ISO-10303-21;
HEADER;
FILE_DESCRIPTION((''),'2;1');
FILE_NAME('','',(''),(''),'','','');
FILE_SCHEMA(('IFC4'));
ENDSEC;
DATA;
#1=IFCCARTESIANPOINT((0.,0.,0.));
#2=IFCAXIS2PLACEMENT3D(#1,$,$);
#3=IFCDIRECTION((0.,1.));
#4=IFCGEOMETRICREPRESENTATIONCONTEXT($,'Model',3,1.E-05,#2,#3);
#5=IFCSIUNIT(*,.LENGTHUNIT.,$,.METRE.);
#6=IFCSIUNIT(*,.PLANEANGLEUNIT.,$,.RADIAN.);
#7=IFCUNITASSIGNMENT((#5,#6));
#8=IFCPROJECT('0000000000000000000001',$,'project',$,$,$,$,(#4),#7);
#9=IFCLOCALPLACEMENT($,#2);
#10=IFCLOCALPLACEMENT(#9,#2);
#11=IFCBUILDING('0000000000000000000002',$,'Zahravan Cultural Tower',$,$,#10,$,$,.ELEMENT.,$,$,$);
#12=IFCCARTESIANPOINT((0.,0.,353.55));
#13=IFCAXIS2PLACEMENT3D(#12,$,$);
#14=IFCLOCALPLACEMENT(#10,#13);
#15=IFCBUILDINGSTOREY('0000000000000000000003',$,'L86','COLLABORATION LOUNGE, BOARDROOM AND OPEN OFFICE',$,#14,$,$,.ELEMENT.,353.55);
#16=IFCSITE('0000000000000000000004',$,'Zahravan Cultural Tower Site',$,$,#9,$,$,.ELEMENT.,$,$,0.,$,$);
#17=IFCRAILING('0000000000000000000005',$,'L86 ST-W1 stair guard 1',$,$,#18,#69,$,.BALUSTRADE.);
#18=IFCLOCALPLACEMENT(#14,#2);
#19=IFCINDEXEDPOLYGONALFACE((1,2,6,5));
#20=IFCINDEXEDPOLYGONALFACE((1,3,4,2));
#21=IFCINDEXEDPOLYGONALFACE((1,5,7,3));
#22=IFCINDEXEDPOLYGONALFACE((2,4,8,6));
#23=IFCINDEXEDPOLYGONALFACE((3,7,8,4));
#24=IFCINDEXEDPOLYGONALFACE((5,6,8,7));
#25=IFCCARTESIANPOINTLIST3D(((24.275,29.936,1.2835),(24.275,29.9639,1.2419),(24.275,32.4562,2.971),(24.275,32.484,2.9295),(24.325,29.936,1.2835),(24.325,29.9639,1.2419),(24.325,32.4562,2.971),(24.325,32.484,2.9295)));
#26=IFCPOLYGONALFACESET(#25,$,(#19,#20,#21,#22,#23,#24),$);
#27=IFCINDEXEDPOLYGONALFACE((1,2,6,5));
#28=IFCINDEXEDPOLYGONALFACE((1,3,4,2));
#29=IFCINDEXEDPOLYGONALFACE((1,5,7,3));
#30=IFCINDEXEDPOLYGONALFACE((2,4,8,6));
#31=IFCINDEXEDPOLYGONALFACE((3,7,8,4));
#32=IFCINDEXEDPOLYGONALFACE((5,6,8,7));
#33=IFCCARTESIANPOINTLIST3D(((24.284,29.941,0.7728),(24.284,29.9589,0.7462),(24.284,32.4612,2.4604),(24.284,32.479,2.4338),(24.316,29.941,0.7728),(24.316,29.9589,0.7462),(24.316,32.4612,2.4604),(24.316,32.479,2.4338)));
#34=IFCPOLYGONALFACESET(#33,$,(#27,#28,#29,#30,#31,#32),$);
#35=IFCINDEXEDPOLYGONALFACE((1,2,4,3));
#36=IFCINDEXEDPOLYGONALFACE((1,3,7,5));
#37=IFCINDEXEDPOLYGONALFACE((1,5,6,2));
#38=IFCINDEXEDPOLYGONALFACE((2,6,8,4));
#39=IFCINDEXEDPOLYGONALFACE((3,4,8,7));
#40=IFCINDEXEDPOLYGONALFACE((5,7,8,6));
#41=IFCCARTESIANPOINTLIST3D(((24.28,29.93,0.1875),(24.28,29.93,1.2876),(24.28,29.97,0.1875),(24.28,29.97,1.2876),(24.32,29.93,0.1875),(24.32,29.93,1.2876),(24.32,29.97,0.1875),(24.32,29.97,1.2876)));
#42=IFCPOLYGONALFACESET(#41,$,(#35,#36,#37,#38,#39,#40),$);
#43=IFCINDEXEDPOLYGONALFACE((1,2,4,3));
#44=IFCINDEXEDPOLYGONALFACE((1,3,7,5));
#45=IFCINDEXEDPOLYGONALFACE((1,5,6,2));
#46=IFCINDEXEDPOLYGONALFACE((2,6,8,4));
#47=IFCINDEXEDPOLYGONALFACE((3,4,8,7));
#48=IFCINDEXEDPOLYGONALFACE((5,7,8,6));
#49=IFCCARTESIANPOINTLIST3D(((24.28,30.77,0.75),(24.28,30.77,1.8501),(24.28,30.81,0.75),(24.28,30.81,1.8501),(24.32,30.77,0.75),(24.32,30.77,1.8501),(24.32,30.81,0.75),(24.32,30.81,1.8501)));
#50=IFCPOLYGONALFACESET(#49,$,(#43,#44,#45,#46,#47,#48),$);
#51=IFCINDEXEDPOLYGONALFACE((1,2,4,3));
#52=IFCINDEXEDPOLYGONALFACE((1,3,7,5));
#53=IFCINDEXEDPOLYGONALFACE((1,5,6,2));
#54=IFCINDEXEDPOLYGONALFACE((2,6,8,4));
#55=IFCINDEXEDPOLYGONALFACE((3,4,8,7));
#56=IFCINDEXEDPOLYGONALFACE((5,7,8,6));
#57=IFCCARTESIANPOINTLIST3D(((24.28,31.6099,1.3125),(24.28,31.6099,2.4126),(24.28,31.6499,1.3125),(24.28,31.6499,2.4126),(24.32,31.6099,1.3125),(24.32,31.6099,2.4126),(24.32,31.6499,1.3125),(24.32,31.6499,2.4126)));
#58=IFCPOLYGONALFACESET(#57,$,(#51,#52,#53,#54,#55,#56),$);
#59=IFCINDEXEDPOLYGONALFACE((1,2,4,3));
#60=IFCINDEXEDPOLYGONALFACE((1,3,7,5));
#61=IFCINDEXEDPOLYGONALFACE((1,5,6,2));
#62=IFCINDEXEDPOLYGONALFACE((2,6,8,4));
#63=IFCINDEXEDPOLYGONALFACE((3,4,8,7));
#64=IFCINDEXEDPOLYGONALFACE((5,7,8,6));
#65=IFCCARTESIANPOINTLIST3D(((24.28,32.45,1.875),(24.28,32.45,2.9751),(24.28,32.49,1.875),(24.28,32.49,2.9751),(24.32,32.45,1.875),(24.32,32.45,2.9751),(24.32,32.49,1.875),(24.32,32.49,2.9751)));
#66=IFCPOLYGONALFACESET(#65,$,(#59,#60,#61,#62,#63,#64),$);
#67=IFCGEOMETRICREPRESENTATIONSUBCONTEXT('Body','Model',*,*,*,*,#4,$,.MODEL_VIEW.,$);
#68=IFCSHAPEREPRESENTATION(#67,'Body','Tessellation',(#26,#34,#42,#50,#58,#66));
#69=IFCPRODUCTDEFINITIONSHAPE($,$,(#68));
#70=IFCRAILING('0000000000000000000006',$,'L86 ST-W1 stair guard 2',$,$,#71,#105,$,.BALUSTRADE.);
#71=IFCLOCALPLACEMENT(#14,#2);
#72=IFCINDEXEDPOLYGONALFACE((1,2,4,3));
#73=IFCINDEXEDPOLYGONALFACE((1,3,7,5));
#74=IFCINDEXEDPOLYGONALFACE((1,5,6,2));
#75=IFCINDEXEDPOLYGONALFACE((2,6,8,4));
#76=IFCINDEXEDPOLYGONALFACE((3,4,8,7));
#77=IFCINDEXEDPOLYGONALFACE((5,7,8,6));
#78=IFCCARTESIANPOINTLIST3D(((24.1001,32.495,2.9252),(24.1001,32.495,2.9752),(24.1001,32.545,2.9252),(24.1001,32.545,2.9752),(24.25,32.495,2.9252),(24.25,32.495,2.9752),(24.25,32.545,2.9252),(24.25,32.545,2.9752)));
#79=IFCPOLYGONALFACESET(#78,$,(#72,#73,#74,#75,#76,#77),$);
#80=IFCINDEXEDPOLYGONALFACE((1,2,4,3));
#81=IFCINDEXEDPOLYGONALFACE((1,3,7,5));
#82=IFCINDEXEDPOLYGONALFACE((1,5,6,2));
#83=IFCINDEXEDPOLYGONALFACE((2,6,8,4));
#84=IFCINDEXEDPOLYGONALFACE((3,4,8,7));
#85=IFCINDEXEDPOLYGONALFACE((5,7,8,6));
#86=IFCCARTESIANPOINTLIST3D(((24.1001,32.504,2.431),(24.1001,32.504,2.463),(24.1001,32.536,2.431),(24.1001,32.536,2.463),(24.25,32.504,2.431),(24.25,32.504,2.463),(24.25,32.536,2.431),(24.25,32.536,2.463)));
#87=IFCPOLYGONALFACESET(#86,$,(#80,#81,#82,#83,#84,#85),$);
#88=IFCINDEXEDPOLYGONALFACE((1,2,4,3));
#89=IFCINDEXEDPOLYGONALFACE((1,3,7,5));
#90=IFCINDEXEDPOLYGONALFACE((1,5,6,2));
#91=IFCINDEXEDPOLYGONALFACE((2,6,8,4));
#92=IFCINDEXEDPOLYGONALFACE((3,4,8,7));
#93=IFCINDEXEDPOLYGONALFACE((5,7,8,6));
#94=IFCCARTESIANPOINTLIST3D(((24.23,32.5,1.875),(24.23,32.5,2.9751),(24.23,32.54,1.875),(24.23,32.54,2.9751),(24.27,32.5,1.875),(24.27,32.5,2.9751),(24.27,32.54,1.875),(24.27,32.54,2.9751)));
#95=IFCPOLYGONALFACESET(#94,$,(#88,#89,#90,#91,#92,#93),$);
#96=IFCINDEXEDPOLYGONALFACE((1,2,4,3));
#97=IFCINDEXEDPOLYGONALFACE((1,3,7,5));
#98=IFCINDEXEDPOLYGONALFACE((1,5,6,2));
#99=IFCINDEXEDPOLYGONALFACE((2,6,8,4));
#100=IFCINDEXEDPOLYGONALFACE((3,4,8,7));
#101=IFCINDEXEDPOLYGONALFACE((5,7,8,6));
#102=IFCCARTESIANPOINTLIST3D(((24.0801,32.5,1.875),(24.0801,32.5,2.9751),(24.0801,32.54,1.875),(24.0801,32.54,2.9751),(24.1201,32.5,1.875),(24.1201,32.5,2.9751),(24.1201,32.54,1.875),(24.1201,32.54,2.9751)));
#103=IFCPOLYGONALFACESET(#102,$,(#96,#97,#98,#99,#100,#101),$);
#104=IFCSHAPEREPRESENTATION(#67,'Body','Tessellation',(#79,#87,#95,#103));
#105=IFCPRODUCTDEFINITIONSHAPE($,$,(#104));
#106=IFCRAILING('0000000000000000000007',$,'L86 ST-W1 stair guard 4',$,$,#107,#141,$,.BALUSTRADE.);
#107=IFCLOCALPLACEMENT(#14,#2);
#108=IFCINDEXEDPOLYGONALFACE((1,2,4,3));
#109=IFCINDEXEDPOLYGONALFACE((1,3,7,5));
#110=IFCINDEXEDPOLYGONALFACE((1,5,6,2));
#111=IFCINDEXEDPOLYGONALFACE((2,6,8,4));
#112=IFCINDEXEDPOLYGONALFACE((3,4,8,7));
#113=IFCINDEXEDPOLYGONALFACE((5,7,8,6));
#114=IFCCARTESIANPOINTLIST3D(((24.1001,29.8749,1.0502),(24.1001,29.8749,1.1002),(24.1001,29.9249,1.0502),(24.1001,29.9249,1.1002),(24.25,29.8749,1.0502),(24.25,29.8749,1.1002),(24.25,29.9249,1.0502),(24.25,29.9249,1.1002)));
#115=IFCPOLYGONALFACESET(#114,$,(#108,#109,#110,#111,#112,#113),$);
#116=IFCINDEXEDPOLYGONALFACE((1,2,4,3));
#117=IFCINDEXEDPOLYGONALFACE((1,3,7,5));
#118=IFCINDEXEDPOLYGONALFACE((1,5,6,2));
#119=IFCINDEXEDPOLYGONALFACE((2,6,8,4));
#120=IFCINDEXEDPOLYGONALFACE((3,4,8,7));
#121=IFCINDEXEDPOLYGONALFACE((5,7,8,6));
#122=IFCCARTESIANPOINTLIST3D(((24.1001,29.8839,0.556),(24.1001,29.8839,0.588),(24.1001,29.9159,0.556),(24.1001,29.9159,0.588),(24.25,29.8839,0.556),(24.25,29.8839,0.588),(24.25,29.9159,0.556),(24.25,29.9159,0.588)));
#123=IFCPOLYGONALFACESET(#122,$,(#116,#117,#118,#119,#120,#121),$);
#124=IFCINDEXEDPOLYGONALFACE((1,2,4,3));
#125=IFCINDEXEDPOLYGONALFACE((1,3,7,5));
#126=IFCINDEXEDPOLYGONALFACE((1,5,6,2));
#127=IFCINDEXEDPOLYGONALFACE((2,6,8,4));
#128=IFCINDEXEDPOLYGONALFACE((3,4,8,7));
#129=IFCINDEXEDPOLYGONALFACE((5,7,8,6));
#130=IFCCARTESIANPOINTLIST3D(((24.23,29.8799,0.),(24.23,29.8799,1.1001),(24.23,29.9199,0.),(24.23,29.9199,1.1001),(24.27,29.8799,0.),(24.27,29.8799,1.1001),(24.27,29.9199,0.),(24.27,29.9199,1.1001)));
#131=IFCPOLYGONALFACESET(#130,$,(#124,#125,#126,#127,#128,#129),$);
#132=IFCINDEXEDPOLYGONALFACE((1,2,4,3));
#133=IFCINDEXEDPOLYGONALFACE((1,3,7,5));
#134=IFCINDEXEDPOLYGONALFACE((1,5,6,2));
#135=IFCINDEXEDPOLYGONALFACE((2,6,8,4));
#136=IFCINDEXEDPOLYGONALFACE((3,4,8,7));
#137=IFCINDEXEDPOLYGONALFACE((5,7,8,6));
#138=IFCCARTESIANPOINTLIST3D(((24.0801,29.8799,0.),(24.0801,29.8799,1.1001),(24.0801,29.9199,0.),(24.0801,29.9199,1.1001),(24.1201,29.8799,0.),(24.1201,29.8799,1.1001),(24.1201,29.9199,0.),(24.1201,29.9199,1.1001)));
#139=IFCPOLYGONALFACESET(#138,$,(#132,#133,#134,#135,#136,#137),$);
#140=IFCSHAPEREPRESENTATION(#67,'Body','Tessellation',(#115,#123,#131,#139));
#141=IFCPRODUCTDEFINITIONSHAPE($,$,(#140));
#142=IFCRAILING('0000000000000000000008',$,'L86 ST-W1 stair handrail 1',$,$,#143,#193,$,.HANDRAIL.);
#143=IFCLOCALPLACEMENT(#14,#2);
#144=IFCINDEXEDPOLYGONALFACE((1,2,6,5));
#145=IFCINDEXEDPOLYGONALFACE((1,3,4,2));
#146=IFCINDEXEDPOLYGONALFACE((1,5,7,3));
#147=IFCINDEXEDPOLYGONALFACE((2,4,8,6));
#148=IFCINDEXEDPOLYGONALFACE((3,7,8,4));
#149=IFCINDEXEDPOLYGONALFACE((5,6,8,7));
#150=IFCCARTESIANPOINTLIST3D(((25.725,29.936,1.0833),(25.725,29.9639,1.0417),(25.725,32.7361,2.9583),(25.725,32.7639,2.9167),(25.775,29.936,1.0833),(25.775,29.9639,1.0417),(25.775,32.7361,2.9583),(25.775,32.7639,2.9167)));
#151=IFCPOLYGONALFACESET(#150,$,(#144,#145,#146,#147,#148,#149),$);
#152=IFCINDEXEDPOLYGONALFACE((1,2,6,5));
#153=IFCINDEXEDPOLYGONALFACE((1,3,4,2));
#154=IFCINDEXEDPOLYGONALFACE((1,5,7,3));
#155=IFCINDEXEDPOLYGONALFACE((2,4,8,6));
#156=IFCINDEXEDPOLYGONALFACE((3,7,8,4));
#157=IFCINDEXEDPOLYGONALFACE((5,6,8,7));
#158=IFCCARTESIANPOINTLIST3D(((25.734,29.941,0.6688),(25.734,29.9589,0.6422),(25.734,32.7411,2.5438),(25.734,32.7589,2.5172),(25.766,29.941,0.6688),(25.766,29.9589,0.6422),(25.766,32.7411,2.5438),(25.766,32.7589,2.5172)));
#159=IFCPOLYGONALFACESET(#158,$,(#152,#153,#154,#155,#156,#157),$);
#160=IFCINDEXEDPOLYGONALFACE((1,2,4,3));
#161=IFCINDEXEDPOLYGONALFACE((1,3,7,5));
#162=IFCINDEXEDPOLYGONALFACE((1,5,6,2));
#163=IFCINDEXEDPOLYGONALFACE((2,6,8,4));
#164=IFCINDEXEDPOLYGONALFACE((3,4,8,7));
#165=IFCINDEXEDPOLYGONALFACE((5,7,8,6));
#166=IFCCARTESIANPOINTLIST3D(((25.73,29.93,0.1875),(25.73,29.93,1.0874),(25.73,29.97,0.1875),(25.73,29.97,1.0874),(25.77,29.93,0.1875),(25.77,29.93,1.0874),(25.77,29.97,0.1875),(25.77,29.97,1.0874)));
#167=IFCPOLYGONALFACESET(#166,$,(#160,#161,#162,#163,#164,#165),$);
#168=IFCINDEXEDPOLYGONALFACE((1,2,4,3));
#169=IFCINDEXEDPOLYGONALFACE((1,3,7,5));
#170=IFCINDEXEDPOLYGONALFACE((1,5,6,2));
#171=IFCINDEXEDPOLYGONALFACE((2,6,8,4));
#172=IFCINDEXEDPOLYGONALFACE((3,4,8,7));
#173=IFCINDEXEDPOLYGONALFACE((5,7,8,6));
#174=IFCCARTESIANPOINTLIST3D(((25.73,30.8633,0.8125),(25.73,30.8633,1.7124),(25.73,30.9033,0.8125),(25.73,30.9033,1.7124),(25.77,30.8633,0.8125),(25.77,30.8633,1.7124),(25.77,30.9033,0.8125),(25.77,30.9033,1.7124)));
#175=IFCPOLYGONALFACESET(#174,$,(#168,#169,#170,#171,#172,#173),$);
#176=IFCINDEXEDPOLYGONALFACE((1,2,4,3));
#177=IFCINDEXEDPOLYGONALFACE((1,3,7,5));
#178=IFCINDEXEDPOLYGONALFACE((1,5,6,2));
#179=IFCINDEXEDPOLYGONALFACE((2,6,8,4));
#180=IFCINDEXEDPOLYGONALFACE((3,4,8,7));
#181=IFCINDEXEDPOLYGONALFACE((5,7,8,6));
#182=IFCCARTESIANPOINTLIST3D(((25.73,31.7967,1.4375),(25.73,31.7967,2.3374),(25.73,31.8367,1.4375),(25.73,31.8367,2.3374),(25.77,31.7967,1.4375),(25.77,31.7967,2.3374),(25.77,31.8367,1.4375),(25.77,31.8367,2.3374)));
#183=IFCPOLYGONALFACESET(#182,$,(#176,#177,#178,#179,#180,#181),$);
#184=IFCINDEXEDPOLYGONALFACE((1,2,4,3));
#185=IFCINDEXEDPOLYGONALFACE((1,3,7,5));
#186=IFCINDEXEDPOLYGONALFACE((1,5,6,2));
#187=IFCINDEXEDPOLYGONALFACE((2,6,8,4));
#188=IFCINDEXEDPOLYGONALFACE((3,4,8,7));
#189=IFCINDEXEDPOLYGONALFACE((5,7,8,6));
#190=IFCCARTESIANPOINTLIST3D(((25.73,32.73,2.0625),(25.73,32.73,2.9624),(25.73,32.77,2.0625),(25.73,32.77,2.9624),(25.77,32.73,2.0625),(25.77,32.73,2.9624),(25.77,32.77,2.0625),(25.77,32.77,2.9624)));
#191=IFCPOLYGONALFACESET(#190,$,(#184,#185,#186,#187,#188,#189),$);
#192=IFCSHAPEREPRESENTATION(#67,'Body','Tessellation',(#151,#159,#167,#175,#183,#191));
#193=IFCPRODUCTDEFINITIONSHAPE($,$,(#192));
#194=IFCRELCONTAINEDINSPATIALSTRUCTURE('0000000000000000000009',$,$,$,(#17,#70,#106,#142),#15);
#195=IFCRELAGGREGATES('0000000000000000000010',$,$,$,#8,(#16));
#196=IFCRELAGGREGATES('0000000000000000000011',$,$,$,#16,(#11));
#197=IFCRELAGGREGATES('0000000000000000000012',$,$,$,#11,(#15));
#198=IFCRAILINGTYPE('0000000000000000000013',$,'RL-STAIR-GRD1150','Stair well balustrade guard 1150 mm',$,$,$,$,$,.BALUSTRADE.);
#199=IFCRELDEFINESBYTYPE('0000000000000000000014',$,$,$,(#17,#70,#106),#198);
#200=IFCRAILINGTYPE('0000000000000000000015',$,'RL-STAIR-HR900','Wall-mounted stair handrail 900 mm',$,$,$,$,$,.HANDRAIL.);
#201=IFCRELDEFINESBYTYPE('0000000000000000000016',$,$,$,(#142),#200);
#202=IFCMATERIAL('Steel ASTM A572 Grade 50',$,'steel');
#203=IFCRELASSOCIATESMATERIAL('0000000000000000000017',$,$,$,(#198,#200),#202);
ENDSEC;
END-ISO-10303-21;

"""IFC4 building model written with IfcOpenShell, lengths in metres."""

from ifc_helpers import new_model, si_unit, direction, frame, origin, origin_2d, place, context, subcontext, project, spatial, rectangle, extrude, material, type_object, element, save


model = new_model("IFC4")

# Units and contexts
model_context = context("Model", 3, precision=1e-05, world=origin(), true_north=direction((0.0, 1.0)))
body_context = subcontext(model_context, "Body", "Model", "MODEL_VIEW")
ifc_project = project(units=[si_unit("LENGTHUNIT", "METRE"), si_unit("PLANEANGLEUNIT", "RADIAN")], contexts=[model_context])

# Site, building, storey
site_placement = place(None, origin())
site = spatial("IfcSite", under=ifc_project, at=site_placement, Name="Zahravan Cultural Tower Site", CompositionType="ELEMENT", RefElevation=0.0)
building_placement = place(site_placement, origin())
building = spatial("IfcBuilding", under=site, at=building_placement, Name="Zahravan Cultural Tower", CompositionType="ELEMENT")
storey_placement = place(building_placement, frame((0.0, 0.0, 353.55)))
storey = spatial("IfcBuildingStorey", under=building, at=storey_placement, Name="L86", Description="COLLABORATION LOUNGE, BOARDROOM AND OPEN OFFICE", CompositionType="ELEMENT", Elevation=353.55)

# Shared definitions
ifc_material_1 = material(Name="Steel ASTM A572 Grade 50", Category="steel")

# Railings
railing_type_1 = type_object("IfcRailingType", Name="RL-STAIR-GRD1150", Description="Stair well balustrade guard 1150 mm", PredefinedType="BALUSTRADE", material=ifc_material_1)
railing_1_placement = place(storey_placement, frame((24.3, 29.95, 0.1875)))
element("IfcRailing", 1, at=railing_1_placement, inside=storey, type_object=railing_type_1, Name="L86 ST-W1 stair guard 1", PredefinedType="BALUSTRADE", context=body_context, shape_type="SweptSolid", body=[
    extrude(rectangle(XDim=0.05, YDim=0.05, at=origin_2d()), frame((0.0, 0.0, 1.0752), z_axis=(0.0, 0.830909, 0.556408), x_axis=(-1.0, 0.0, 0.0)), (0.0, 0.0, 1.0), 3.033),
    extrude(rectangle(XDim=0.032, YDim=0.032, at=origin_2d()), frame((0.0, 0.0, 0.572), z_axis=(0.0, 0.830909, 0.556408), x_axis=(-1.0, 0.0, 0.0)), (0.0, 0.0, 1.0), 3.033),
    extrude(rectangle(XDim=0.04, YDim=0.04, at=origin_2d()), origin(), (0.0, 0.0, 1.0), 1.1001),
    extrude(rectangle(XDim=0.04, YDim=0.04, at=origin_2d()), frame((0.0, 0.8401, 0.5625)), (0.0, 0.0, 1.0), 1.1001),
    extrude(rectangle(XDim=0.04, YDim=0.04, at=origin_2d()), frame((0.0, 1.6799, 1.125)), (0.0, 0.0, 1.0), 1.1001),
    extrude(rectangle(XDim=0.04, YDim=0.04, at=origin_2d()), frame((0.0, 2.52, 1.6875)), (0.0, 0.0, 1.0), 1.1001),
])
for number, where, name in (
    (2, (24.25, 32.52, 1.875), "L86 ST-W1 stair guard 2"),
    (3, (24.25, 29.8999, 0.0), "L86 ST-W1 stair guard 4"),
):
    element("IfcRailing", number, at=place(storey_placement, frame(where)), inside=storey, type_object=railing_type_1, Name=name, PredefinedType="BALUSTRADE", context=body_context, shape_type="SweptSolid", body=[
        extrude(rectangle(XDim=0.05, YDim=0.05, at=origin_2d()), frame((0.0, 0.0, 1.0752), z_axis=(-1.0, 0.0, 0.0), x_axis=(0.0, -1.0, 0.0)), (0.0, 0.0, 1.0), 0.1499),
        extrude(rectangle(XDim=0.032, YDim=0.032, at=origin_2d()), frame((0.0, 0.0, 0.572), z_axis=(-1.0, 0.0, 0.0), x_axis=(0.0, -1.0, 0.0)), (0.0, 0.0, 1.0), 0.1499),
        extrude(rectangle(XDim=0.04, YDim=0.04, at=origin_2d()), origin(), (0.0, 0.0, 1.0), 1.1001),
        extrude(rectangle(XDim=0.04, YDim=0.04, at=origin_2d()), frame((-0.1499, 0.0, 0.0)), (0.0, 0.0, 1.0), 1.1001),
    ])
railing_type_2 = type_object("IfcRailingType", Name="RL-STAIR-HR900", Description="Wall-mounted stair handrail 900 mm", PredefinedType="HANDRAIL", material=ifc_material_1)
railing_2_placement = place(storey_placement, frame((25.75, 29.95, 0.1875)))
element("IfcRailing", 4, at=railing_2_placement, inside=storey, type_object=railing_type_2, Name="L86 ST-W1 stair handrail 1", PredefinedType="HANDRAIL", context=body_context, shape_type="SweptSolid", body=[
    extrude(rectangle(XDim=0.05, YDim=0.05, at=origin_2d()), frame((0.0, 0.0, 0.875), z_axis=(0.0, 0.830912, 0.556404), x_axis=(-1.0, 0.0, 0.0)), (0.0, 0.0, 1.0), 3.3699),
    extrude(rectangle(XDim=0.032, YDim=0.032, at=origin_2d()), frame((0.0, 0.0, 0.468), z_axis=(0.0, 0.830912, 0.556404), x_axis=(-1.0, 0.0, 0.0)), (0.0, 0.0, 1.0), 3.3699),
    extrude(rectangle(XDim=0.04, YDim=0.04, at=origin_2d()), origin(), (0.0, 0.0, 1.0), 0.8999),
    extrude(rectangle(XDim=0.04, YDim=0.04, at=origin_2d()), frame((0.0, 0.9333, 0.625)), (0.0, 0.0, 1.0), 0.8999),
    extrude(rectangle(XDim=0.04, YDim=0.04, at=origin_2d()), frame((0.0, 1.8667, 1.25)), (0.0, 0.0, 1.0), 0.8999),
    extrude(rectangle(XDim=0.04, YDim=0.04, at=origin_2d()), frame((0.0, 2.8, 1.875)), (0.0, 0.0, 1.0), 0.8999),
])

save(model, "model.ifc")
